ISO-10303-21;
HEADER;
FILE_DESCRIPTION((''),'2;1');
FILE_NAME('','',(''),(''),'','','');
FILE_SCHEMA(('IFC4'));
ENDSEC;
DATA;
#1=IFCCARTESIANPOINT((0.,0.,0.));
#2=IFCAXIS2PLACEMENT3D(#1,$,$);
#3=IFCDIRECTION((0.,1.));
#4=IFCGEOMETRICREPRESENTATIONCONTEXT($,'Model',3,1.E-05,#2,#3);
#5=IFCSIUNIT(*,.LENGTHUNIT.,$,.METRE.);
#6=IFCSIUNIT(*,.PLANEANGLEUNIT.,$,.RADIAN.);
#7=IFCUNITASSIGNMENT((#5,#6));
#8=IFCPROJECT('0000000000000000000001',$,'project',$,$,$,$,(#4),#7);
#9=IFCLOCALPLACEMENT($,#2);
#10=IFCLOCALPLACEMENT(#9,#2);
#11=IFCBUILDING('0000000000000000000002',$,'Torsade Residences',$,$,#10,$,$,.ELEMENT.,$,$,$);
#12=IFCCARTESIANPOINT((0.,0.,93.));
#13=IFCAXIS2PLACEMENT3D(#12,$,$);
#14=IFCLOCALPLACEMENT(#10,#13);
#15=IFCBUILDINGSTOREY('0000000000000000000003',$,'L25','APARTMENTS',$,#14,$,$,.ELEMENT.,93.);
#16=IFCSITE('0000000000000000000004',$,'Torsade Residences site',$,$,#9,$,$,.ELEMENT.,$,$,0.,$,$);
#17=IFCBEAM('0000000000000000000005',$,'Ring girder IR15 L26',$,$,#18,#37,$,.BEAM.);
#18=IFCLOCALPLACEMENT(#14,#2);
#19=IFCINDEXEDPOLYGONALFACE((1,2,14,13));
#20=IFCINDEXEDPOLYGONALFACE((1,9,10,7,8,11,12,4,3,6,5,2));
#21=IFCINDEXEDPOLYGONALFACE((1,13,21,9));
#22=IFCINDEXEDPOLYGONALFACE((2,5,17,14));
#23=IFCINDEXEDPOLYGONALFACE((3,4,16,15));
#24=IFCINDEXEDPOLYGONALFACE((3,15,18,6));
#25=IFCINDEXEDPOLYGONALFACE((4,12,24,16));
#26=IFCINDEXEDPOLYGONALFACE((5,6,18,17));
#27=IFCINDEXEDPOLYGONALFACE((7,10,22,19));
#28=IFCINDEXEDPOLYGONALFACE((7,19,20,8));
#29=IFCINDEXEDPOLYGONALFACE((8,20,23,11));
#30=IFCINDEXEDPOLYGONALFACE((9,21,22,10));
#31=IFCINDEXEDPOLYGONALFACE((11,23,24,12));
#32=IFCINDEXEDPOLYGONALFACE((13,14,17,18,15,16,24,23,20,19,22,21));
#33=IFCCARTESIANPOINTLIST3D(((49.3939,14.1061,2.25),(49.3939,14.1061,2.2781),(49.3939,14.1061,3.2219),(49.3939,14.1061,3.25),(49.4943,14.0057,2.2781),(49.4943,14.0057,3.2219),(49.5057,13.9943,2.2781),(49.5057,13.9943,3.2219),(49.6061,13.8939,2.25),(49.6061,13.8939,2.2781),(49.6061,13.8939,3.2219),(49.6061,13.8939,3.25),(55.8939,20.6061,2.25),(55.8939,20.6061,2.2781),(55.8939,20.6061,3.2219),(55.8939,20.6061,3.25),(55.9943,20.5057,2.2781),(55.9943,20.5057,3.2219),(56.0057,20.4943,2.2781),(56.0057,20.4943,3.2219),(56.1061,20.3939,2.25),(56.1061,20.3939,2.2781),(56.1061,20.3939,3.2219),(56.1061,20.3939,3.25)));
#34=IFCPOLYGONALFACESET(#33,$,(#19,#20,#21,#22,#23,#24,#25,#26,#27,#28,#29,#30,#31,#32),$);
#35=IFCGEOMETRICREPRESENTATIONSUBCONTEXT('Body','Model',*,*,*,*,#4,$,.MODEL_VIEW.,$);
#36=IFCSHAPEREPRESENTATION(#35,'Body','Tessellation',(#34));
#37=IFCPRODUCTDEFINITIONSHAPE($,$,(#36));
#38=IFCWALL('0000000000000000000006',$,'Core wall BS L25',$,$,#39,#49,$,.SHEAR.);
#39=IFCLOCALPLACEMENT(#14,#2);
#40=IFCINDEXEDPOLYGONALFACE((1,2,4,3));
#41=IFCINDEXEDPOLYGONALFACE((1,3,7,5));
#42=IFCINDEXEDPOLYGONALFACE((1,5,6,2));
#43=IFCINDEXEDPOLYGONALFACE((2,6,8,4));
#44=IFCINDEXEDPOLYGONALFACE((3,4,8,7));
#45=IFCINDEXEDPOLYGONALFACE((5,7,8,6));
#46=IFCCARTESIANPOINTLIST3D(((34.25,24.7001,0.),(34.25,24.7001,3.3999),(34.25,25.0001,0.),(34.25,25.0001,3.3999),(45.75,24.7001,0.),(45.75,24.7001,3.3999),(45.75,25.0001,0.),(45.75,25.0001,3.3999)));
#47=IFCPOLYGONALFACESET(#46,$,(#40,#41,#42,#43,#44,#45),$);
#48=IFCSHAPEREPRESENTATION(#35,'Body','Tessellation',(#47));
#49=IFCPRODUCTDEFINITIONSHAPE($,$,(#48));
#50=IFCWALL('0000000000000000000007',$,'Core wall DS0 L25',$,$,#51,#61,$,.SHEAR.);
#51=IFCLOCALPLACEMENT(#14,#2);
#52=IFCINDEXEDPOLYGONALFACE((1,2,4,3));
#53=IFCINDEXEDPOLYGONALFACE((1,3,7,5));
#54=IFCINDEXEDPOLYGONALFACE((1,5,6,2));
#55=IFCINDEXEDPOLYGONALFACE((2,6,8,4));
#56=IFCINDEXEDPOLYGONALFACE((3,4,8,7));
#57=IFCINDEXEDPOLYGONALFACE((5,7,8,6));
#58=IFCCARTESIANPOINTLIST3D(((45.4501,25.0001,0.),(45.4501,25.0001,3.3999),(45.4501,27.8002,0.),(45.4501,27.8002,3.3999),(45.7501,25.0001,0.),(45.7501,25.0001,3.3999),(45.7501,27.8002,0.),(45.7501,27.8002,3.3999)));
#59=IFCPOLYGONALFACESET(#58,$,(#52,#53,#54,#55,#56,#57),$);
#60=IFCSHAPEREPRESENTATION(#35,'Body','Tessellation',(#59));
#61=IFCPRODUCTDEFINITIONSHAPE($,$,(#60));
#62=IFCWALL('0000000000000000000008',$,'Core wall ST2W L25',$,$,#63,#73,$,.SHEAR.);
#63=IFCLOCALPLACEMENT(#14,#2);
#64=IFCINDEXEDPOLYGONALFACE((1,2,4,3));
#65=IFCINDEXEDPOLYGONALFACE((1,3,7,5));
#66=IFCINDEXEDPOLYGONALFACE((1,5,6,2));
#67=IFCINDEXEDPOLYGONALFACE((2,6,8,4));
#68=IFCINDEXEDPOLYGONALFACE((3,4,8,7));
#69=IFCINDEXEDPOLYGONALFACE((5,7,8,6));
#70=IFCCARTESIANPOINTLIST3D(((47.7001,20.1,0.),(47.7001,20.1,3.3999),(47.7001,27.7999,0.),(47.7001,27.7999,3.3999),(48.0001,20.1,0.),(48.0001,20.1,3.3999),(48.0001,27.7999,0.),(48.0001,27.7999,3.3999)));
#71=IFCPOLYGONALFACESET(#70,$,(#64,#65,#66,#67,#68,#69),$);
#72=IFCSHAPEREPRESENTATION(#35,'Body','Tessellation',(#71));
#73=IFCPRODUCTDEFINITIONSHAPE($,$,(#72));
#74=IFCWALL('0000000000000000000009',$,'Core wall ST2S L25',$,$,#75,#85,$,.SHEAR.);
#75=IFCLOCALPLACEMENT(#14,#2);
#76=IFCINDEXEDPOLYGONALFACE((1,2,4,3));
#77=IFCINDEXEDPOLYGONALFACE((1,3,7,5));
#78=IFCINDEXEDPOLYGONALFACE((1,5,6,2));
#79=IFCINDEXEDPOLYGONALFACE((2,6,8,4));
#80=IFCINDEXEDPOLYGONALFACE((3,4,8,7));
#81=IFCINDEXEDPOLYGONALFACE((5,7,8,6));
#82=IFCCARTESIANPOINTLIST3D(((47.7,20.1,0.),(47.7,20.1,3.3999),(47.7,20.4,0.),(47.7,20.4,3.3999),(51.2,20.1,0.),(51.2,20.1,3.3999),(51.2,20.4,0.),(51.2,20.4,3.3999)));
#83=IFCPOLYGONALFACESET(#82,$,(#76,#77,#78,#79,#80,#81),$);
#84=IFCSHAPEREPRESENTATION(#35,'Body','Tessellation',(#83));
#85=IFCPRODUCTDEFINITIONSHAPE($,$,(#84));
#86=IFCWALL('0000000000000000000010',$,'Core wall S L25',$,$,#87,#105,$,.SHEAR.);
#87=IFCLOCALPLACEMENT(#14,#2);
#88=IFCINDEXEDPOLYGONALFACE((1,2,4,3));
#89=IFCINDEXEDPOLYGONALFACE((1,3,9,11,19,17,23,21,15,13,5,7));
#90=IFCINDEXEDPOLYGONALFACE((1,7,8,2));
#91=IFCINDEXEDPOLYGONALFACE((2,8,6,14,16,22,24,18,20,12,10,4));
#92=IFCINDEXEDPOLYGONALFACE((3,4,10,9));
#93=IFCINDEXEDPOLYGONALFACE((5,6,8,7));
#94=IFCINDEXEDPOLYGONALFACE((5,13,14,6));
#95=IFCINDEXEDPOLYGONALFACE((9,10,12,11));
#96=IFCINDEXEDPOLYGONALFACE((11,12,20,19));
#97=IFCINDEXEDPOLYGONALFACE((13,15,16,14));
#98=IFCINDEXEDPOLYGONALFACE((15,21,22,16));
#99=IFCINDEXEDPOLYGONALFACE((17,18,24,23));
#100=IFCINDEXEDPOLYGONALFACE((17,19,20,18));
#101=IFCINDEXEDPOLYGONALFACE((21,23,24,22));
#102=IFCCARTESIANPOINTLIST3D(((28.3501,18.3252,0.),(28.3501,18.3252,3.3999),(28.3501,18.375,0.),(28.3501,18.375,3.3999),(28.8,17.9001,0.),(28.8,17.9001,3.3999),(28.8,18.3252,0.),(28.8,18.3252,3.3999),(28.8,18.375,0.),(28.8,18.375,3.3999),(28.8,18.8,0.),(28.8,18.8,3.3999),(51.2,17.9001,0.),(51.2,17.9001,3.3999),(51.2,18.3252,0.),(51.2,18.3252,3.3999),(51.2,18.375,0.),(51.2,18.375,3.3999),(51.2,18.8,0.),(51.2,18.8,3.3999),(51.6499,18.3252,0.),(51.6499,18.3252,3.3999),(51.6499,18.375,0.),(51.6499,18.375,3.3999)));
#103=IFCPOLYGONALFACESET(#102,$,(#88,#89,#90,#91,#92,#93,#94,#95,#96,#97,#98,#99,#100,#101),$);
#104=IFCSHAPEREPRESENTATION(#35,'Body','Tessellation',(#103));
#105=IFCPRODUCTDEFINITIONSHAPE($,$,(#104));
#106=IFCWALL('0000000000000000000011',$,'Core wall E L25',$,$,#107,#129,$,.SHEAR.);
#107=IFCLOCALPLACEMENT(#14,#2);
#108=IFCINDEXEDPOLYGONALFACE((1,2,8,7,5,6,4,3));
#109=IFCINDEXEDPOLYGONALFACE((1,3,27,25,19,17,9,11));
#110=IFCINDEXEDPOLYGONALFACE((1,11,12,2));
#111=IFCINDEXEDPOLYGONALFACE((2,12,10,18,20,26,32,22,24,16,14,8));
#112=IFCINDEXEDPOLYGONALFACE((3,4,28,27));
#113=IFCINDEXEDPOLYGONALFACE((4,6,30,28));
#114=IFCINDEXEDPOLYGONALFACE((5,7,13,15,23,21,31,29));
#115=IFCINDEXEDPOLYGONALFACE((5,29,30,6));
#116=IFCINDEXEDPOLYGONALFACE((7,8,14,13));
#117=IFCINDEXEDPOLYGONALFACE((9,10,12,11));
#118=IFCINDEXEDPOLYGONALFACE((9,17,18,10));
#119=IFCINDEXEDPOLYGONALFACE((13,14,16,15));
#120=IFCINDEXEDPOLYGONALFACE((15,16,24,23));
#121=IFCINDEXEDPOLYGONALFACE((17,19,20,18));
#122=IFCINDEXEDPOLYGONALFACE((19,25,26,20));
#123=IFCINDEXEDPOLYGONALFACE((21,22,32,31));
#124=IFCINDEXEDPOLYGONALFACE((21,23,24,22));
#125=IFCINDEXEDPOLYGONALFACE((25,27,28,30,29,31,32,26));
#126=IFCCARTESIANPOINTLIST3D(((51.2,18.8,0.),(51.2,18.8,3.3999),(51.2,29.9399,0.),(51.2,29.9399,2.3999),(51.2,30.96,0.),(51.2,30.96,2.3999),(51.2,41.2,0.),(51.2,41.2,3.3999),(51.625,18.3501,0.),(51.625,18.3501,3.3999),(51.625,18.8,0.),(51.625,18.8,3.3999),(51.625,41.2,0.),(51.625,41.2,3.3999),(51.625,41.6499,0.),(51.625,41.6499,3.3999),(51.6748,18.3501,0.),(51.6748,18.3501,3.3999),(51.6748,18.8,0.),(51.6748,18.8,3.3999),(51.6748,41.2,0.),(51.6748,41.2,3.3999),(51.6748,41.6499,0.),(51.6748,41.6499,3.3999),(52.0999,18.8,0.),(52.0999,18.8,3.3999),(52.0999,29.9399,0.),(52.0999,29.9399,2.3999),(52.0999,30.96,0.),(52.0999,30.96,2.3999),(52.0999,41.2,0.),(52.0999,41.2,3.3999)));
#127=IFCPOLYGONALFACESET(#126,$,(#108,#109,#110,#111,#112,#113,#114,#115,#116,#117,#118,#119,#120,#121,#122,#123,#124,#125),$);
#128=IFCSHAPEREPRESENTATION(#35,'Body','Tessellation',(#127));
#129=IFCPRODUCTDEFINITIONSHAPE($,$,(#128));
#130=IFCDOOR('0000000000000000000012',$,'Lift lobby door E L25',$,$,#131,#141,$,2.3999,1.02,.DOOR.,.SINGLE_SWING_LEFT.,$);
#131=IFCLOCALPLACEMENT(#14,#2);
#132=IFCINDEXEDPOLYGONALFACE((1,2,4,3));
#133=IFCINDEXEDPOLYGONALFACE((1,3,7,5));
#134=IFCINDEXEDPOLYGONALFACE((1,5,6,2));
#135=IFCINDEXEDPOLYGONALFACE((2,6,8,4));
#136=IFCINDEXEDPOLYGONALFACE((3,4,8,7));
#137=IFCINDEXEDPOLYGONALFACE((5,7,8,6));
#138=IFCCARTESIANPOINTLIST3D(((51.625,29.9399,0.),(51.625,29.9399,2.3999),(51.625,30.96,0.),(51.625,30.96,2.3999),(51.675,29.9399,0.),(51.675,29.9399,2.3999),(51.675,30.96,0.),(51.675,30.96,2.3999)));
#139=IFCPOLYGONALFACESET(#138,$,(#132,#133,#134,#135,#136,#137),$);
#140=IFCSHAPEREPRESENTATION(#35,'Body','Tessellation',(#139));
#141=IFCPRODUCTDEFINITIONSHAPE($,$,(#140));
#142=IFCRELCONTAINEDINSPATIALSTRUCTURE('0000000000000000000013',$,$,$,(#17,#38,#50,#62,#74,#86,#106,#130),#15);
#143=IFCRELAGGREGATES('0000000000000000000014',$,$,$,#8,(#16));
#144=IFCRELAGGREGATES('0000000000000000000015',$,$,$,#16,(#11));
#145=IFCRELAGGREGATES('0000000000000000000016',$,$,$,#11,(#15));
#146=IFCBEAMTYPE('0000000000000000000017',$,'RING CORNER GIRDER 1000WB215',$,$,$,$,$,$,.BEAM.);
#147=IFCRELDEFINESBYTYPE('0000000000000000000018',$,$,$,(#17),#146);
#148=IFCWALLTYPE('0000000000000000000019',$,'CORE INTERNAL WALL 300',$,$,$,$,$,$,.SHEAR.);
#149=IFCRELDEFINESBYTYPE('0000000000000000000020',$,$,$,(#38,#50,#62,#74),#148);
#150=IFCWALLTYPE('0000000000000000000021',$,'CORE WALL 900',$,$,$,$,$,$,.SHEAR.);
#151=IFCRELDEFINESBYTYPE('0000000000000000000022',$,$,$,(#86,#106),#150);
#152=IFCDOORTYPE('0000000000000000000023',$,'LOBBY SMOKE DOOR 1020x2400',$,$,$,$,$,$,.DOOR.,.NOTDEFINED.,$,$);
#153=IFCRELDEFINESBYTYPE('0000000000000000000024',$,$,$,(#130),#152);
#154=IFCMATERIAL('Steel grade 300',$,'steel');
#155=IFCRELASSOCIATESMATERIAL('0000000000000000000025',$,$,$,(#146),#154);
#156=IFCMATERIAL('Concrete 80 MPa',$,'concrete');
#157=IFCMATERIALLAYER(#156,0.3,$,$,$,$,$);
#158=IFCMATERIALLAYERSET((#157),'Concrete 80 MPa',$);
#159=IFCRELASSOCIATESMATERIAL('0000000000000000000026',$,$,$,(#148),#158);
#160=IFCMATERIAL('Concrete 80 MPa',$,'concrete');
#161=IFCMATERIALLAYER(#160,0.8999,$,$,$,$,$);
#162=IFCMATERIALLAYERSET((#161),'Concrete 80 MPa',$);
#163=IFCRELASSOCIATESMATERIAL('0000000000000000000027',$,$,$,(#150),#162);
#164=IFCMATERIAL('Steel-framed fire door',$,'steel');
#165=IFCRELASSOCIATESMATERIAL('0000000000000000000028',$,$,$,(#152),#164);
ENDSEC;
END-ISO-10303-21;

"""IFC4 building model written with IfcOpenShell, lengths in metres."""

from ifc_helpers import new_model, si_unit, direction, frame, frame_2d, origin, origin_2d, place, context, subcontext, project, spatial, polyline, rectangle, i_section, outline, extrude, material, layer, layer_set, material_profile, profile_set, type_object, element, fill, save


model = new_model("IFC4")

# Units and contexts
model_context = context("Model", 3, precision=1e-05, world=origin(), true_north=direction((0.0, 1.0)))
body_context = subcontext(model_context, "Body", "Model", "MODEL_VIEW")
ifc_project = project(units=[si_unit("LENGTHUNIT", "METRE"), si_unit("PLANEANGLEUNIT", "RADIAN")], contexts=[model_context])

# Site, building, storey
site_placement = place(None, origin())
site = spatial("IfcSite", under=ifc_project, at=site_placement, Name="Torsade Residences site", CompositionType="ELEMENT", RefElevation=0.0)
building_placement = place(site_placement, origin())
building = spatial("IfcBuilding", under=site, at=building_placement, Name="Torsade Residences", CompositionType="ELEMENT")
storey_placement = place(building_placement, frame((0.0, 0.0, 93.0)))
storey = spatial("IfcBuildingStorey", under=building, at=storey_placement, Name="L25", Description="APARTMENTS", CompositionType="ELEMENT", Elevation=93.0)

# Beam
ifc_material_1 = material(Name="Steel grade 300", Category="steel")
ifc_material_profile_1 = material_profile(ifc_material_1, i_section(OverallWidth=0.3, OverallDepth=1.0, WebThickness=0.0161, FlangeThickness=0.0281, at=origin_2d()), Name="1000WB215")
ifc_profile_set_1 = profile_set([ifc_material_profile_1], Name="Steel grade 300")
beam_type_1 = type_object("IfcBeamType", Name="RING CORNER GIRDER 1000WB215", PredefinedType="BEAM", material=ifc_profile_set_1)
beam_1_placement = place(storey_placement, frame((49.5, 14.0, 2.75), z_axis=(0.707107, 0.707107, 0.0), x_axis=(-0.707107, 0.707107, 0.0)))
element("IfcBeam", 1, at=beam_1_placement, inside=storey, type_object=beam_type_1, Name="Ring girder IR15 L26", PredefinedType="BEAM", context=body_context, shape_type="SweptSolid", body=[
    extrude(i_section(OverallWidth=0.3, OverallDepth=1.0, WebThickness=0.0161, FlangeThickness=0.0281, at=origin_2d()), origin(), (0.0, 0.0, 1.0), 9.1924),
])

# Walls
ifc_material_2 = material(Name="Concrete 80 MPa", Category="concrete")
ifc_layer_1 = layer(ifc_material_2, 0.3)
ifc_layer_set_1 = layer_set([ifc_layer_1], Name="Concrete 80 MPa")
wall_type_1 = type_object("IfcWallType", Name="CORE INTERNAL WALL 300", PredefinedType="SHEAR", material=ifc_layer_set_1)
wall_1_placement = place(storey_placement, frame((45.75, 24.8501, 0.0), z_axis=(0.0, 0.0, 1.0), x_axis=(-1.0, 0.0, 0.0)))
element("IfcWall", 2, at=wall_1_placement, inside=storey, type_object=wall_type_1, Name="Core wall BS L25", PredefinedType="SHEAR", context=body_context, shape_type="SweptSolid", body=[
    extrude(rectangle(XDim=11.5, YDim=0.3, at=frame_2d((5.75, 0.0))), origin(), (0.0, 0.0, 1.0), 3.3999),
])
wall_2_placement = place(storey_placement, frame((45.6001, 27.8, 0.0), z_axis=(0.0, 0.0, 1.0), x_axis=(0.0, -1.0, 0.0)))
element("IfcWall", 3, at=wall_2_placement, inside=storey, type_object=wall_type_1, Name="Core wall DS0 L25", PredefinedType="SHEAR", context=body_context, shape_type="SweptSolid", body=[
    extrude(rectangle(XDim=2.8, YDim=0.3, at=frame_2d((1.3999, 0.0))), origin(), (0.0, 0.0, 1.0), 3.3999),
])
wall_3_placement = place(storey_placement, frame((47.8501, 27.8, 0.0), z_axis=(0.0, 0.0, 1.0), x_axis=(0.0, -1.0, 0.0)))
element("IfcWall", 4, at=wall_3_placement, inside=storey, type_object=wall_type_1, Name="Core wall ST2W L25", PredefinedType="SHEAR", context=body_context, shape_type="SweptSolid", body=[
    extrude(rectangle(XDim=7.7, YDim=0.3, at=frame_2d((3.8501, 0.0))), origin(), (0.0, 0.0, 1.0), 3.3999),
])
wall_4_placement = place(storey_placement, frame((51.2, 20.25, 0.0), z_axis=(0.0, 0.0, 1.0), x_axis=(-1.0, 0.0, 0.0)))
element("IfcWall", 5, at=wall_4_placement, inside=storey, type_object=wall_type_1, Name="Core wall ST2S L25", PredefinedType="SHEAR", context=body_context, shape_type="SweptSolid", body=[
    extrude(rectangle(XDim=3.5, YDim=0.3, at=frame_2d((1.75, 0.0))), origin(), (0.0, 0.0, 1.0), 3.3999),
])
ifc_material_3 = material(Name="Concrete 80 MPa", Category="concrete")
ifc_layer_2 = layer(ifc_material_3, 0.8999)
ifc_layer_set_2 = layer_set([ifc_layer_2], Name="Concrete 80 MPa")
wall_type_2 = type_object("IfcWallType", Name="CORE WALL 900", PredefinedType="SHEAR", material=ifc_layer_set_2)
wall_5_placement = place(storey_placement, frame((51.2, 18.3501, 0.0), z_axis=(0.0, 0.0, 1.0), x_axis=(-1.0, 0.0, 0.0)))
element("IfcWall", 6, at=wall_5_placement, inside=storey, type_object=wall_type_2, Name="Core wall S L25", PredefinedType="SHEAR", context=body_context, shape_type="SweptSolid", body=[
    extrude(outline(polyline([(0.0, -0.45), (22.3999, -0.45), (22.3999, -0.0249), (22.8499, -0.0249), (22.8499, 0.0249), (22.3999, 0.0249), (22.3999, 0.45), (0.0, 0.45), (0.0, 0.0249), (-0.45, 0.0249), (-0.45, -0.0249), (0.0, -0.0249), (0.0, -0.45)])), origin(), (0.0, 0.0, 1.0), 3.3999),
])

# Wall, opening, door
wall_6_placement = place(storey_placement, frame((51.6499, 18.8, 0.0), z_axis=(0.0, 0.0, 1.0), x_axis=(0.0, 1.0, 0.0)))
wall_6 = element("IfcWall", 7, at=wall_6_placement, inside=storey, type_object=wall_type_2, Name="Core wall E L25", PredefinedType="SHEAR", context=body_context, shape_type="SweptSolid", body=[
    extrude(outline(polyline([(0.0, -0.45), (22.3999, -0.45), (22.3999, -0.0249), (22.8499, -0.0249), (22.8499, 0.0249), (22.3999, 0.0249), (22.3999, 0.45), (0.0, 0.45), (0.0, 0.0249), (-0.45, 0.0249), (-0.45, -0.0249), (0.0, -0.0249), (0.0, -0.45)])), origin(), (0.0, 0.0, 1.0), 3.3999),
])
opening_1_placement = place(wall_6_placement, frame((11.1399, 0.0, 0.0)))
opening_1 = element("IfcOpeningElement", 8, at=opening_1_placement, cuts=wall_6, PredefinedType="OPENING", context=body_context, shape_type="SweptSolid", body=[
    extrude(rectangle(XDim=1.02, YDim=2.3999, at=frame_2d((0.51, 1.2))), frame((0.0, 0.46, 0.0), z_axis=(0.0, -1.0, 0.0), x_axis=(1.0, 0.0, 0.0)), (0.0, 0.0, 1.0), 0.9199),
])
ifc_material_4 = material(Name="Steel-framed fire door", Category="steel")
door_type_1 = type_object("IfcDoorType", Name="LOBBY SMOKE DOOR 1020x2400", OperationType="NOTDEFINED", PredefinedType="DOOR", material=ifc_material_4)
door_1_placement = place(opening_1_placement, origin())
door_1 = element("IfcDoor", 9, at=door_1_placement, inside=storey, type_object=door_type_1, Name="Lift lobby door E L25", OperationType="SINGLE_SWING_LEFT", OverallHeight=2.3999, OverallWidth=1.02, PredefinedType="DOOR", context=body_context, shape_type="SweptSolid", body=[
    extrude(rectangle(XDim=1.02, YDim=2.3999, at=frame_2d((0.51, 1.2))), frame((0.0, 0.0249, 0.0), z_axis=(0.0, -1.0, 0.0), x_axis=(1.0, 0.0, 0.0)), (0.0, 0.0, 1.0), 0.05),
])
fill(opening_1, door_1)

save(model, "model.ifc")
